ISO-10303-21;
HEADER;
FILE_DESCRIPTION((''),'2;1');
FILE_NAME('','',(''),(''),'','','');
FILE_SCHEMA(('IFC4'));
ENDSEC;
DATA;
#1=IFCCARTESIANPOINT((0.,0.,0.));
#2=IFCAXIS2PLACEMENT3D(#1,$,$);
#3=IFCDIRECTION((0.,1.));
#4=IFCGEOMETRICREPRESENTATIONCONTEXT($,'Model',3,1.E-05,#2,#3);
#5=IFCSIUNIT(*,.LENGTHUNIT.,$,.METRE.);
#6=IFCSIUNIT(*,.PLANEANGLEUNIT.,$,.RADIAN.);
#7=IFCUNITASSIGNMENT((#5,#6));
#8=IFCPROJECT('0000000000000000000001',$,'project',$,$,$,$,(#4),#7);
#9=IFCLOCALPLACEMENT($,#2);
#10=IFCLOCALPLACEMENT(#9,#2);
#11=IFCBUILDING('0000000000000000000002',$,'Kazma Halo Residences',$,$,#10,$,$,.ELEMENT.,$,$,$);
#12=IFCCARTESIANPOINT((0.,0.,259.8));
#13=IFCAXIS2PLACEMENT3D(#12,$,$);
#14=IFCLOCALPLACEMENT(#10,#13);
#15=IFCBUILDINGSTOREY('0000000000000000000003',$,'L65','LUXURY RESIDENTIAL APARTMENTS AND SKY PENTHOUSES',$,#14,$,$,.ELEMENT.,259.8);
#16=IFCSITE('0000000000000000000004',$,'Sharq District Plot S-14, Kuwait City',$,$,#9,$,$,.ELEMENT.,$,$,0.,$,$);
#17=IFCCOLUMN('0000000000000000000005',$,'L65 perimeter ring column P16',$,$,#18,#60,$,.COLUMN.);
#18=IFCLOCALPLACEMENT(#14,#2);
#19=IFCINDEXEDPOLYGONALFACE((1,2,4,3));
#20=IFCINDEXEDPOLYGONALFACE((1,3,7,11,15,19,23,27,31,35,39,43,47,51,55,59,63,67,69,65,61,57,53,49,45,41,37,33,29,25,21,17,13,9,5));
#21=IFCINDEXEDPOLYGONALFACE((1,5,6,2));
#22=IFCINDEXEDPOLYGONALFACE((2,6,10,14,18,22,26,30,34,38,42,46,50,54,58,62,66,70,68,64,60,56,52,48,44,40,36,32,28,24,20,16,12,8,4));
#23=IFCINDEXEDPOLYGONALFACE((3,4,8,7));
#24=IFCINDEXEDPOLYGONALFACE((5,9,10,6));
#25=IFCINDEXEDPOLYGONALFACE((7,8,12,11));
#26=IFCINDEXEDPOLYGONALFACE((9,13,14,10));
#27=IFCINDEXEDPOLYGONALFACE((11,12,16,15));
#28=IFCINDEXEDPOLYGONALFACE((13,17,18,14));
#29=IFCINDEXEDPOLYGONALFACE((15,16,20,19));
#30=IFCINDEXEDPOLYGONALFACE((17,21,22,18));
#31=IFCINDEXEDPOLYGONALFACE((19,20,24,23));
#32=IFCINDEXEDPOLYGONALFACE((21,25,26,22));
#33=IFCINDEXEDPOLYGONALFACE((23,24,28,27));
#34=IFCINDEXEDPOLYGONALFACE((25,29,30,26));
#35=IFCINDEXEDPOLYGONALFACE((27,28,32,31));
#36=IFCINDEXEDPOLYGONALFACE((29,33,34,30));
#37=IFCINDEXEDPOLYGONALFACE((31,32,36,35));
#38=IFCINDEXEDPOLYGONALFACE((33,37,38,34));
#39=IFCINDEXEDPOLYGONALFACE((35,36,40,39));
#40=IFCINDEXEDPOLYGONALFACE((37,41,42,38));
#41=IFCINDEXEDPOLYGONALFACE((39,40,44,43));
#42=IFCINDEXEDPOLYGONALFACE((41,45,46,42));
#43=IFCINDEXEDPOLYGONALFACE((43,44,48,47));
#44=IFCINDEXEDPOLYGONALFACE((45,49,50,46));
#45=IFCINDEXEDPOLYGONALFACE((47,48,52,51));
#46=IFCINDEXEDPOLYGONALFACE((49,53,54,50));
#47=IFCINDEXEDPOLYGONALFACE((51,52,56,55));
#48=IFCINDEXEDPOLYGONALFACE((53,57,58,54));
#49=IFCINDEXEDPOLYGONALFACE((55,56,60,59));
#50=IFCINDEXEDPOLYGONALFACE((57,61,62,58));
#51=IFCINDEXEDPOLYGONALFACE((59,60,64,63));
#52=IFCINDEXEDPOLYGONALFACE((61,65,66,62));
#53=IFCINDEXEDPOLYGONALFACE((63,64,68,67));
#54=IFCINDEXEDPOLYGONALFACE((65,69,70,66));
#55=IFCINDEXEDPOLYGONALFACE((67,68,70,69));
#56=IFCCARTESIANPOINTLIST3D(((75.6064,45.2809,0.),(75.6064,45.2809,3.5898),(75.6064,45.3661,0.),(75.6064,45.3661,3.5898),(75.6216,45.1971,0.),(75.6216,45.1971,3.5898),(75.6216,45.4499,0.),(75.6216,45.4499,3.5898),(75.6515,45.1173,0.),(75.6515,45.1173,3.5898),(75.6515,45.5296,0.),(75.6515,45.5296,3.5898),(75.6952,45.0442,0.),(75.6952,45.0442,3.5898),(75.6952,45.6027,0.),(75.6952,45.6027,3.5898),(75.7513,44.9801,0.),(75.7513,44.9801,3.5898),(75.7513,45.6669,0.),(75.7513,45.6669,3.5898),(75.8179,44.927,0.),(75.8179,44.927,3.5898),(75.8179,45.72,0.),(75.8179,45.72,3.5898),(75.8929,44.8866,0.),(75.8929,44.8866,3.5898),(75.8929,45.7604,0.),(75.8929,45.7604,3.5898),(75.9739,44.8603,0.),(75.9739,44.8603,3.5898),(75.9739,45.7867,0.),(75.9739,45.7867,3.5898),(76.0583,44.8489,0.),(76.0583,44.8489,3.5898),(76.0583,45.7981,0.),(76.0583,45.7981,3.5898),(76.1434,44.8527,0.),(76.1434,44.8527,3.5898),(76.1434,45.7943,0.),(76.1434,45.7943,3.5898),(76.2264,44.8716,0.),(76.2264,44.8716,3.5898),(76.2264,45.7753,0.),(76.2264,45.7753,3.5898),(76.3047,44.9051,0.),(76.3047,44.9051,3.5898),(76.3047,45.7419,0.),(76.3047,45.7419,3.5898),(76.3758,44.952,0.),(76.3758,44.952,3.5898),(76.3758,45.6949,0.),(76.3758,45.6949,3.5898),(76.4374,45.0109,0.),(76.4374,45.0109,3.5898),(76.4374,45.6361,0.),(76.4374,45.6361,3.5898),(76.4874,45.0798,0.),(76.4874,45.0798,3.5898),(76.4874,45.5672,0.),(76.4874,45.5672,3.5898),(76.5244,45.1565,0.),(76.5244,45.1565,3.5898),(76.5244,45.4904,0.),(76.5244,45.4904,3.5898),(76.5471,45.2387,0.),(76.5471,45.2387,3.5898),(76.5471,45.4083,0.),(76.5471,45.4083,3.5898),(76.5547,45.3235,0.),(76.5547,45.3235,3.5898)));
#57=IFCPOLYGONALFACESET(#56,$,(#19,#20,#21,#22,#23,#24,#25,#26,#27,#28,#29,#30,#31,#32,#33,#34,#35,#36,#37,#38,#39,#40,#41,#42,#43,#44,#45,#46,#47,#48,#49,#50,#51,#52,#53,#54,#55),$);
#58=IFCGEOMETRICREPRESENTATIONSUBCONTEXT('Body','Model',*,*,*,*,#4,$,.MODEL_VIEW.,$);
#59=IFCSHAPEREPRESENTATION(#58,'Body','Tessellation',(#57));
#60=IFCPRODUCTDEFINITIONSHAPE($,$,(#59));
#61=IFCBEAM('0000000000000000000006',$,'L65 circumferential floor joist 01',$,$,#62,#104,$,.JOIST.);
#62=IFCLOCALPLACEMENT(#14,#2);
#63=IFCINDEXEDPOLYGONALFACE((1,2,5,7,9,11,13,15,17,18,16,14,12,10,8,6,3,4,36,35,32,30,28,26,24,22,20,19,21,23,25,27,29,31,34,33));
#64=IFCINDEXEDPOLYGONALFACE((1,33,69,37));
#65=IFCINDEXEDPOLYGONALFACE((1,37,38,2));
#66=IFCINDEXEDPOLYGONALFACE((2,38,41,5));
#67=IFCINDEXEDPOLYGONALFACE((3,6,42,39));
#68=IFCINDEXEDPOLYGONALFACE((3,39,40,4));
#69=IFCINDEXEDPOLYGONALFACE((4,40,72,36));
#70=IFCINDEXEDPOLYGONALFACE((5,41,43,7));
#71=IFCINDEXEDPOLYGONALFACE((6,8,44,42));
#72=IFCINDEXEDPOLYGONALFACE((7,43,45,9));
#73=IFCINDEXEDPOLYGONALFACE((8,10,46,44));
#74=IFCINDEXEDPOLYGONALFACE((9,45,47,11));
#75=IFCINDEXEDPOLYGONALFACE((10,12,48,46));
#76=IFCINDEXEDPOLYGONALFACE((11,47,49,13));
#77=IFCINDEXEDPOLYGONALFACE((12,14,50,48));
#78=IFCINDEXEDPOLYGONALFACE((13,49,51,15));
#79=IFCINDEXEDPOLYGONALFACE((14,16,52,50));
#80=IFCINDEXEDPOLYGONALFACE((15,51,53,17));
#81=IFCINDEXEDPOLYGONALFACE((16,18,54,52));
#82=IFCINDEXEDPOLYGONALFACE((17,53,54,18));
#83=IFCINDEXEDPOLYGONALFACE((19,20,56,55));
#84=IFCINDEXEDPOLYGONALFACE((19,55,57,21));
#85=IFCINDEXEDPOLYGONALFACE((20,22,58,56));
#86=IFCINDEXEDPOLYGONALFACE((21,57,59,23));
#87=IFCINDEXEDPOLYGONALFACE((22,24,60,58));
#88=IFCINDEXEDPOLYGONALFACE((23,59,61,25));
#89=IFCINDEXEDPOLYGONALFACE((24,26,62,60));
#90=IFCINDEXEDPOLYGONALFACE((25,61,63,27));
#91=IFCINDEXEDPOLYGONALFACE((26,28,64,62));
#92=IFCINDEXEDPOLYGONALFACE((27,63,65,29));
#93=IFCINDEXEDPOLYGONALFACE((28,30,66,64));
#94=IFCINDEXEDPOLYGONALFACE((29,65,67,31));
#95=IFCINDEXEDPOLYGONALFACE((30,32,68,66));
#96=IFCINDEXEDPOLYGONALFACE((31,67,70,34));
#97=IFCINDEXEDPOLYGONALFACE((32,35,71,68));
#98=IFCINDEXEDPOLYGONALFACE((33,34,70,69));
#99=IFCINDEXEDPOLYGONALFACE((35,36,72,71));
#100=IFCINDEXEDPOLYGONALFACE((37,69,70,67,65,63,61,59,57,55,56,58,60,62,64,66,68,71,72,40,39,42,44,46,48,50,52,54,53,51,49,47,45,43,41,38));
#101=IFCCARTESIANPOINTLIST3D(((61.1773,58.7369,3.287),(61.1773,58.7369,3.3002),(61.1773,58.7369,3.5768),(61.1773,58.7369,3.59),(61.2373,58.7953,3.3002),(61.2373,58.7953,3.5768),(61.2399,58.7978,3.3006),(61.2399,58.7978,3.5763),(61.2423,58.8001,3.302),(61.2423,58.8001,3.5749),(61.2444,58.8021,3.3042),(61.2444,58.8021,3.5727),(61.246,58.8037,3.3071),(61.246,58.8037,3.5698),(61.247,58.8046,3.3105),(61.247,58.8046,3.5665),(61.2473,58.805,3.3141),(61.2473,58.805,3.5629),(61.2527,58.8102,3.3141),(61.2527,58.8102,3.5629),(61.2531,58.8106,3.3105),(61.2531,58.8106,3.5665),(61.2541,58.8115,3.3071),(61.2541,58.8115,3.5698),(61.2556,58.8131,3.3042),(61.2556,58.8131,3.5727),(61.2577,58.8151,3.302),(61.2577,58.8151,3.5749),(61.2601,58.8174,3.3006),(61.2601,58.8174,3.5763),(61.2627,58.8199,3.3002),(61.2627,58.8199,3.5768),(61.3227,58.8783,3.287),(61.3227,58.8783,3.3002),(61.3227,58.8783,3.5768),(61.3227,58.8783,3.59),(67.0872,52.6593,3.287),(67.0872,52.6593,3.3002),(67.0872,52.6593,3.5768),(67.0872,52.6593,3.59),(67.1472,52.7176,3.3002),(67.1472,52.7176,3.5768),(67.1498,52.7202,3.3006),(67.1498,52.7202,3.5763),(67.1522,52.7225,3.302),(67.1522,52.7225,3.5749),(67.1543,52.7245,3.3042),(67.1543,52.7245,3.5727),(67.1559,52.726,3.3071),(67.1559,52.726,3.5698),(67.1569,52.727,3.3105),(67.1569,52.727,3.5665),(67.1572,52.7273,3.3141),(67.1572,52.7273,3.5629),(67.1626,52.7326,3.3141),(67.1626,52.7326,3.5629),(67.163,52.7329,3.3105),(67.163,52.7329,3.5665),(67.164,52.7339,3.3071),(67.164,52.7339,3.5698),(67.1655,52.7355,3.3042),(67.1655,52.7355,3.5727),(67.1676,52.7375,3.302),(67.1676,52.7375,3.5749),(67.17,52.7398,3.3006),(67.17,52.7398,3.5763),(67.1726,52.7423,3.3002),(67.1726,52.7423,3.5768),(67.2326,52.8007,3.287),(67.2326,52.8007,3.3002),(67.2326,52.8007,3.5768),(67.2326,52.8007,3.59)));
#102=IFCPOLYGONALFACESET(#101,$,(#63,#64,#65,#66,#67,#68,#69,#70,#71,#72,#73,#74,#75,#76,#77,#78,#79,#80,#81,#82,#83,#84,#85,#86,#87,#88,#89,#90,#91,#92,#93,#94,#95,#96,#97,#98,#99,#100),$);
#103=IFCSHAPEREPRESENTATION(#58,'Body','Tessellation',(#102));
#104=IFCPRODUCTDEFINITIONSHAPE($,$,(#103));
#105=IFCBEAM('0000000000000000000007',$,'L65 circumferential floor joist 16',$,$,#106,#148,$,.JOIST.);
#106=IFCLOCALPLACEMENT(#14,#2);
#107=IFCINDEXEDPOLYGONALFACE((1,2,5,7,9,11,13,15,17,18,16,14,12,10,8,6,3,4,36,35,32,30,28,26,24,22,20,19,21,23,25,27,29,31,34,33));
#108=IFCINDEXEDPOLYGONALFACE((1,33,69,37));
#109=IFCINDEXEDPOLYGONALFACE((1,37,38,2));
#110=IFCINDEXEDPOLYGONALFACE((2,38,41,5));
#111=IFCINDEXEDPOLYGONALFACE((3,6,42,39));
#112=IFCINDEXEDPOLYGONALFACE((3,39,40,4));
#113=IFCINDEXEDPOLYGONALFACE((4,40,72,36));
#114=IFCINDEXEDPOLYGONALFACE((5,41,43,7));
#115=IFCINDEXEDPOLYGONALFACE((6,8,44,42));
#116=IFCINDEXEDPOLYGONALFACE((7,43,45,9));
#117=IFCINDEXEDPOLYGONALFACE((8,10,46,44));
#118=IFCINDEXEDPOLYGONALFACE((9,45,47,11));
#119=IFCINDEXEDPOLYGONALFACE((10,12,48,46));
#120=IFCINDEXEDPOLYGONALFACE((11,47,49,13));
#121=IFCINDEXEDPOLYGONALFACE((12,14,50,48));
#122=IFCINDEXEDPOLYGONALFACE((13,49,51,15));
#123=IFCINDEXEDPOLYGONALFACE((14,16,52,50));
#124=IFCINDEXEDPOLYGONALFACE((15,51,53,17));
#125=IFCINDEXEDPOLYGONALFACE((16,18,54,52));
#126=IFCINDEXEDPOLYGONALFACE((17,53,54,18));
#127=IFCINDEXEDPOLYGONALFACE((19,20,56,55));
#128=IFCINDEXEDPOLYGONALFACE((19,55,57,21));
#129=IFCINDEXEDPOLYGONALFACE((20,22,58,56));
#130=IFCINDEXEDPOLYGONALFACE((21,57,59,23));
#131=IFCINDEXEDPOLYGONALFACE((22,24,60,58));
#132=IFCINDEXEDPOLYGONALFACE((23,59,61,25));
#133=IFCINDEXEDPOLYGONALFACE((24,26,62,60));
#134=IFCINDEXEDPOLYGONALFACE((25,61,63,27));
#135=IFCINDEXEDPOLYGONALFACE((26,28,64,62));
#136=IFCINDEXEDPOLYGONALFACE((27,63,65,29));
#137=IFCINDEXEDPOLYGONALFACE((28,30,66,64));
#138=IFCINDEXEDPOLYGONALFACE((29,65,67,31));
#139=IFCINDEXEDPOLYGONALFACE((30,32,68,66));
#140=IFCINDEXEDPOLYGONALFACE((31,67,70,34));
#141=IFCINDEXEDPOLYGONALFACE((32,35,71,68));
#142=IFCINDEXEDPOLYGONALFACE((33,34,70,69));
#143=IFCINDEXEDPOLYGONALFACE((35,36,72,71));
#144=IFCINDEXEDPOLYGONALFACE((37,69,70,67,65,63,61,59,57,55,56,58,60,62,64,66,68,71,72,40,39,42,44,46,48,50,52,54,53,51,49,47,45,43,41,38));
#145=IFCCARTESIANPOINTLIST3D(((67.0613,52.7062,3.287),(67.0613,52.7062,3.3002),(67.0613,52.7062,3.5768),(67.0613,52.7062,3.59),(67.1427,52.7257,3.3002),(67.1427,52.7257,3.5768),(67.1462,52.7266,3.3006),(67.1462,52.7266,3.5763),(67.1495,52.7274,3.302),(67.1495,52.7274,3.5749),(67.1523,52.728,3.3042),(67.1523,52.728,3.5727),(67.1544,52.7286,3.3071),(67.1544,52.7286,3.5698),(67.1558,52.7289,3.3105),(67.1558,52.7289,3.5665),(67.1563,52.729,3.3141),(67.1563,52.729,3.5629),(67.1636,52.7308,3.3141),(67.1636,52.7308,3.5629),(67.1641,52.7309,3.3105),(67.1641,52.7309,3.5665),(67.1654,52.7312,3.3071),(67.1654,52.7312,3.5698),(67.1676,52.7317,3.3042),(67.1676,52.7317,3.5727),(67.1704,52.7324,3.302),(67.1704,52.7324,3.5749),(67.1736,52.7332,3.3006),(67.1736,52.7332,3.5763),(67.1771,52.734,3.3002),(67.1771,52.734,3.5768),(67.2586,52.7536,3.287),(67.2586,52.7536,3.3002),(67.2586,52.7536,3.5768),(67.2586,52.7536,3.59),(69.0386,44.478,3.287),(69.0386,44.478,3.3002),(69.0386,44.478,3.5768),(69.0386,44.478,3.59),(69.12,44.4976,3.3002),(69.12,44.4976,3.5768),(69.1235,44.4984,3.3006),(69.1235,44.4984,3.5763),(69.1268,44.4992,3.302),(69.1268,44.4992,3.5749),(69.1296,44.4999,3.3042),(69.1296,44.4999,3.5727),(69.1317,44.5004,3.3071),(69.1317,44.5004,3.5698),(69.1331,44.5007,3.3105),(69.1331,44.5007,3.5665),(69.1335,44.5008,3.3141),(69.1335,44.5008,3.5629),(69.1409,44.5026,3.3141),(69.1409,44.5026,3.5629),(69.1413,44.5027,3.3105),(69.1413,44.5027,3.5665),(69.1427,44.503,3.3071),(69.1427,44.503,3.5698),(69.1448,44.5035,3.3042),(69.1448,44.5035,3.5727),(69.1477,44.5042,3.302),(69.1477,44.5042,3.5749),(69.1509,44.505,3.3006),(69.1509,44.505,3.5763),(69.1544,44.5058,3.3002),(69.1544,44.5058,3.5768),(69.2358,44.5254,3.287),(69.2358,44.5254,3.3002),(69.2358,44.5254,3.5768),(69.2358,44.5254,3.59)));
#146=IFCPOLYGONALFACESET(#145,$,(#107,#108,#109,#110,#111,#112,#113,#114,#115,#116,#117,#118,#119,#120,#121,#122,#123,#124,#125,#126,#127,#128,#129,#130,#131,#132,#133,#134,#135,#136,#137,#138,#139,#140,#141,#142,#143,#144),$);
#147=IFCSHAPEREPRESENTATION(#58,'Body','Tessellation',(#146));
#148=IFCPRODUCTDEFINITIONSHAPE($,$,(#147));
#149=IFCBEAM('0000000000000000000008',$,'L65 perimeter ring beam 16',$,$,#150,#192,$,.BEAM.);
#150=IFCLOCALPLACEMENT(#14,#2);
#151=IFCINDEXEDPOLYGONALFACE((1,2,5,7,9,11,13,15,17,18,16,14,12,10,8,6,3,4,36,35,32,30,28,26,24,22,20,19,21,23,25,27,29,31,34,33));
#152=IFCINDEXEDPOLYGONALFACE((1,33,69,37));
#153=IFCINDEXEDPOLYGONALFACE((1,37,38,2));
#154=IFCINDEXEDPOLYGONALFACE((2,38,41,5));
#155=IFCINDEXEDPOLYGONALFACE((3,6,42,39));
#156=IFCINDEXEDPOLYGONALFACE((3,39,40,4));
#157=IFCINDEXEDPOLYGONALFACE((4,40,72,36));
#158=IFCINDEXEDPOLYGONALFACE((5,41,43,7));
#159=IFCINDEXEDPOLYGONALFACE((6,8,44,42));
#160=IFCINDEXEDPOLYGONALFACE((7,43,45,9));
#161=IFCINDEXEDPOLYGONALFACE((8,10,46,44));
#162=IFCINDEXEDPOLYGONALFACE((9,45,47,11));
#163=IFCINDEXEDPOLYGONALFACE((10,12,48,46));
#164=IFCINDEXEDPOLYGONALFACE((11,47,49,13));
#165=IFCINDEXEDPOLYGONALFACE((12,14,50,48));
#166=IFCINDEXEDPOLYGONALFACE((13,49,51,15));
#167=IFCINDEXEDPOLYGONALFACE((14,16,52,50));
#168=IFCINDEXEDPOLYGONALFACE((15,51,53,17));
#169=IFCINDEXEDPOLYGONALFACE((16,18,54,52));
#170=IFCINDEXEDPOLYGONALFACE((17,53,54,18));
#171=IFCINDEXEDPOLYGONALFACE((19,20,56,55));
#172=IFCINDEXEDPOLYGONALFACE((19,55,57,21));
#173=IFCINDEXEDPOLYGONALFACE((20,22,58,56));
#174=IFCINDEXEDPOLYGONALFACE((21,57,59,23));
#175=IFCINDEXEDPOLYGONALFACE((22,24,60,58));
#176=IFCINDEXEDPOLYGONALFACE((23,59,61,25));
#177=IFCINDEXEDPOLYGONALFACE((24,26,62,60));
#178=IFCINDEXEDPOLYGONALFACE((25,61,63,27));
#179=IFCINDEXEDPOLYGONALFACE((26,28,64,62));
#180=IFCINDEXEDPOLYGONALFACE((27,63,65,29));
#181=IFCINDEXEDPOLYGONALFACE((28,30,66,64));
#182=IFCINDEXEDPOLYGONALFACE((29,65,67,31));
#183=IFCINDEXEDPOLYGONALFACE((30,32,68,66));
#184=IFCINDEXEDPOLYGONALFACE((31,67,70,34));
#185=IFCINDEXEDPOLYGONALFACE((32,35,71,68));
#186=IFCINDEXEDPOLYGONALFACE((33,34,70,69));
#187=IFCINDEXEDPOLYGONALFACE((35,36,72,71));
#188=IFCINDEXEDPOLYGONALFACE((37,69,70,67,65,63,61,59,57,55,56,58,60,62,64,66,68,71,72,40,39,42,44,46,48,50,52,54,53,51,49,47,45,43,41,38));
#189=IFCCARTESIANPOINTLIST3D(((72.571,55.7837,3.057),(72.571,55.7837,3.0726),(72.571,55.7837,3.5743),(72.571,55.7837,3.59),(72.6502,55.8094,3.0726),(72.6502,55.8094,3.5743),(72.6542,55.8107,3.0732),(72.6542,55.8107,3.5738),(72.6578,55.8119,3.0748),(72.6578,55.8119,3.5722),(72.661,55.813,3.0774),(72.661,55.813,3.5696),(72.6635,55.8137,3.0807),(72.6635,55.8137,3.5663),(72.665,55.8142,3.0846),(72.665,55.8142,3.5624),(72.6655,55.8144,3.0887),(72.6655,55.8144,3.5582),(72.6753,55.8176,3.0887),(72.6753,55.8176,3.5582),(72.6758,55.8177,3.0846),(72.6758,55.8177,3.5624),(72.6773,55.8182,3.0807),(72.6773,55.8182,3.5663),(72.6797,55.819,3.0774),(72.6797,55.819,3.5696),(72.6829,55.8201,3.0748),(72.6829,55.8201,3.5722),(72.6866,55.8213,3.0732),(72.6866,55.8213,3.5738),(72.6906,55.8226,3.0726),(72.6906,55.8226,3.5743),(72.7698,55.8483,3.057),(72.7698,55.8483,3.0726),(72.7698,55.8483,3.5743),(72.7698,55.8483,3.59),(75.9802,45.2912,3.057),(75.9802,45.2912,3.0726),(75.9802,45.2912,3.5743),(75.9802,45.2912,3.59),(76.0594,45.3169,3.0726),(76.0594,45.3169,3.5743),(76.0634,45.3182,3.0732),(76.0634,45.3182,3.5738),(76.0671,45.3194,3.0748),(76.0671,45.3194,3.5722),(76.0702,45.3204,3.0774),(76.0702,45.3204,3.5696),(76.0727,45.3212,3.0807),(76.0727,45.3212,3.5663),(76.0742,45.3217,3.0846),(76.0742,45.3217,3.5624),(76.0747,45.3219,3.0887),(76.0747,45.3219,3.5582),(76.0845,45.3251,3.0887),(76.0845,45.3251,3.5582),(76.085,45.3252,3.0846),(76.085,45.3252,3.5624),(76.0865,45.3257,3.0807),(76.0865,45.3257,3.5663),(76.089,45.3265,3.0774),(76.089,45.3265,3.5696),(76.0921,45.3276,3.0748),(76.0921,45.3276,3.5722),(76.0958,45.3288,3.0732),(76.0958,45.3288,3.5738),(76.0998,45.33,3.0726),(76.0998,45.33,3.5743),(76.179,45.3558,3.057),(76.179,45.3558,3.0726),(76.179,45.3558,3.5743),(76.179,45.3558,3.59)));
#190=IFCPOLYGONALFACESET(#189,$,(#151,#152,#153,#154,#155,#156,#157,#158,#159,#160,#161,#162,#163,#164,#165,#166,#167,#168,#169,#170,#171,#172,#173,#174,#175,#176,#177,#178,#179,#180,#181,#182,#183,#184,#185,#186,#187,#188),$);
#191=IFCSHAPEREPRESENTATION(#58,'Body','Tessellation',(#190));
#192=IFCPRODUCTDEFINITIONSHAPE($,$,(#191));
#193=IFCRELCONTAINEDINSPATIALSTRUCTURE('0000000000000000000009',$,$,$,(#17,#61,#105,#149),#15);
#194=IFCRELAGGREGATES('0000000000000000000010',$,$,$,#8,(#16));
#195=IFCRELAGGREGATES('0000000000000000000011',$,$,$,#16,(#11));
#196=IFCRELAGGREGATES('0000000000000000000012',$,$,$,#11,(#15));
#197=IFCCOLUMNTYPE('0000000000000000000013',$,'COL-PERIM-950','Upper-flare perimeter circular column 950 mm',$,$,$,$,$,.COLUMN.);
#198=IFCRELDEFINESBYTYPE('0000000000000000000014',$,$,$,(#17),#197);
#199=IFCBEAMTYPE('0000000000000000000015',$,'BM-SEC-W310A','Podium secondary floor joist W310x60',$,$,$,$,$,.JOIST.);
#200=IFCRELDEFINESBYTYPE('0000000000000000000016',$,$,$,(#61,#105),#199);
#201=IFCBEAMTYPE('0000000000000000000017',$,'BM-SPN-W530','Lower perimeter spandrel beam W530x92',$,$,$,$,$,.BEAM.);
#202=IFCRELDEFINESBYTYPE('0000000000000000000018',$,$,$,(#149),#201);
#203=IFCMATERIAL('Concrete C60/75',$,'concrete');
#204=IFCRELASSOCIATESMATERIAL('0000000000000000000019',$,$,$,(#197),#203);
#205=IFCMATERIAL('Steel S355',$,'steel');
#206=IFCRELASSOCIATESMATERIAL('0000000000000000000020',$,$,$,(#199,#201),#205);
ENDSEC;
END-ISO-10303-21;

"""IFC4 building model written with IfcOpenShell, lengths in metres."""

from ifc_helpers import new_model, si_unit, direction, frame, origin, origin_2d, place, context, subcontext, project, spatial, circle, i_section, extrude, material, material_profile, profile_set, type_object, element, save


model = new_model("IFC4")

# Units and contexts
model_context = context("Model", 3, precision=1e-05, world=origin(), true_north=direction((0.0, 1.0)))
body_context = subcontext(model_context, "Body", "Model", "MODEL_VIEW")
ifc_project = project(units=[si_unit("LENGTHUNIT", "METRE"), si_unit("PLANEANGLEUNIT", "RADIAN")], contexts=[model_context])

# Site, building, storey
site_placement = place(None, origin())
site = spatial("IfcSite", under=ifc_project, at=site_placement, Name="Sharq District Plot S-14, Kuwait City", CompositionType="ELEMENT", RefElevation=0.0)
building_placement = place(site_placement, origin())
building = spatial("IfcBuilding", under=site, at=building_placement, Name="Kazma Halo Residences", CompositionType="ELEMENT")
storey_placement = place(building_placement, frame((0.0, 0.0, 259.8)))
storey = spatial("IfcBuildingStorey", under=building, at=storey_placement, Name="L65", Description="LUXURY RESIDENTIAL APARTMENTS AND SKY PENTHOUSES", CompositionType="ELEMENT", Elevation=259.8)

# Column
ifc_material_1 = material(Name="Concrete C60/75", Category="concrete")
ifc_material_profile_1 = material_profile(ifc_material_1, circle(Radius=0.4751, at=origin_2d()), Name="CIRC950")
ifc_profile_set_1 = profile_set([ifc_material_profile_1], Name="Concrete C60/75")
column_type = type_object("IfcColumnType", Name="COL-PERIM-950", Description="Upper-flare perimeter circular column 950 mm", PredefinedType="COLUMN", material=ifc_profile_set_1)
column_placement = place(storey_placement, frame((76.0796, 45.3235, 0.0), z_axis=(0.0, 0.0, 1.0), x_axis=(1.0, 0.0, 0.0)))
element("IfcColumn", 1, at=column_placement, inside=storey, type_object=column_type, Name="L65 perimeter ring column P16", PredefinedType="COLUMN", context=body_context, shape_type="SweptSolid", body=[
    extrude(circle(Radius=0.4751, at=origin_2d()), origin(), (0.0, 0.0, 1.0), 3.5898),
])

# Beams
ifc_material_2 = material(Name="Steel S355", Category="steel")
ifc_material_profile_2 = material_profile(ifc_material_2, i_section(OverallWidth=0.2029, OverallDepth=0.303, WebThickness=0.0076, FlangeThickness=0.0132, FilletRadius=0.0139, at=origin_2d()), Name="W310x60")
ifc_profile_set_2 = profile_set([ifc_material_profile_2], Name="Steel S355")
beam_type_1 = type_object("IfcBeamType", Name="BM-SEC-W310A", Description="Podium secondary floor joist W310x60", PredefinedType="JOIST", material=ifc_profile_set_2)
beam_1_placement = place(storey_placement, frame((67.1599, 52.73, 3.4385), z_axis=(-0.697145, 0.71693, 0.0), x_axis=(-0.71693, -0.697145, 0.0)))
element("IfcBeam", 2, at=beam_1_placement, inside=storey, type_object=beam_type_1, Name="L65 circumferential floor joist 01", PredefinedType="JOIST", context=body_context, shape_type="SweptSolid", body=[
    extrude(i_section(OverallWidth=0.2029, OverallDepth=0.303, WebThickness=0.0076, FlangeThickness=0.0132, FilletRadius=0.0139, at=origin_2d()), origin(), (0.0, 0.0, 1.0), 8.4773),
])
beam_2_placement = place(storey_placement, frame((69.1372, 44.5017, 3.4385), z_axis=(-0.233653, 0.97232, 0.0), x_axis=(-0.97232, -0.233653, 0.0)))
element("IfcBeam", 3, at=beam_2_placement, inside=storey, type_object=beam_type_1, Name="L65 circumferential floor joist 16", PredefinedType="JOIST", context=body_context, shape_type="SweptSolid", body=[
    extrude(i_section(OverallWidth=0.2029, OverallDepth=0.303, WebThickness=0.0076, FlangeThickness=0.0132, FilletRadius=0.0139, at=origin_2d()), origin(), (0.0, 0.0, 1.0), 8.4624),
])
ifc_material_profile_3 = material_profile(ifc_material_2, i_section(OverallWidth=0.209, OverallDepth=0.533, WebThickness=0.0103, FlangeThickness=0.0156, FilletRadius=0.0161, at=origin_2d()), Name="W530x92")
ifc_profile_set_3 = profile_set([ifc_material_profile_3], Name="Steel S355")
beam_type_2 = type_object("IfcBeamType", Name="BM-SPN-W530", Description="Lower perimeter spandrel beam W530x92", PredefinedType="BEAM", material=ifc_profile_set_3)
beam_3_placement = place(storey_placement, frame((76.0796, 45.3235, 3.3235), z_axis=(-0.309016, 0.951057, 0.0), x_axis=(-0.951057, -0.309016, 0.0)))
element("IfcBeam", 4, at=beam_3_placement, inside=storey, type_object=beam_type_2, Name="L65 perimeter ring beam 16", PredefinedType="BEAM", context=body_context, shape_type="SweptSolid", body=[
    extrude(i_section(OverallWidth=0.209, OverallDepth=0.533, WebThickness=0.0103, FlangeThickness=0.0156, FilletRadius=0.0161, at=origin_2d()), origin(), (0.0, 0.0, 1.0), 11.0325),
])

save(model, "model.ifc")
